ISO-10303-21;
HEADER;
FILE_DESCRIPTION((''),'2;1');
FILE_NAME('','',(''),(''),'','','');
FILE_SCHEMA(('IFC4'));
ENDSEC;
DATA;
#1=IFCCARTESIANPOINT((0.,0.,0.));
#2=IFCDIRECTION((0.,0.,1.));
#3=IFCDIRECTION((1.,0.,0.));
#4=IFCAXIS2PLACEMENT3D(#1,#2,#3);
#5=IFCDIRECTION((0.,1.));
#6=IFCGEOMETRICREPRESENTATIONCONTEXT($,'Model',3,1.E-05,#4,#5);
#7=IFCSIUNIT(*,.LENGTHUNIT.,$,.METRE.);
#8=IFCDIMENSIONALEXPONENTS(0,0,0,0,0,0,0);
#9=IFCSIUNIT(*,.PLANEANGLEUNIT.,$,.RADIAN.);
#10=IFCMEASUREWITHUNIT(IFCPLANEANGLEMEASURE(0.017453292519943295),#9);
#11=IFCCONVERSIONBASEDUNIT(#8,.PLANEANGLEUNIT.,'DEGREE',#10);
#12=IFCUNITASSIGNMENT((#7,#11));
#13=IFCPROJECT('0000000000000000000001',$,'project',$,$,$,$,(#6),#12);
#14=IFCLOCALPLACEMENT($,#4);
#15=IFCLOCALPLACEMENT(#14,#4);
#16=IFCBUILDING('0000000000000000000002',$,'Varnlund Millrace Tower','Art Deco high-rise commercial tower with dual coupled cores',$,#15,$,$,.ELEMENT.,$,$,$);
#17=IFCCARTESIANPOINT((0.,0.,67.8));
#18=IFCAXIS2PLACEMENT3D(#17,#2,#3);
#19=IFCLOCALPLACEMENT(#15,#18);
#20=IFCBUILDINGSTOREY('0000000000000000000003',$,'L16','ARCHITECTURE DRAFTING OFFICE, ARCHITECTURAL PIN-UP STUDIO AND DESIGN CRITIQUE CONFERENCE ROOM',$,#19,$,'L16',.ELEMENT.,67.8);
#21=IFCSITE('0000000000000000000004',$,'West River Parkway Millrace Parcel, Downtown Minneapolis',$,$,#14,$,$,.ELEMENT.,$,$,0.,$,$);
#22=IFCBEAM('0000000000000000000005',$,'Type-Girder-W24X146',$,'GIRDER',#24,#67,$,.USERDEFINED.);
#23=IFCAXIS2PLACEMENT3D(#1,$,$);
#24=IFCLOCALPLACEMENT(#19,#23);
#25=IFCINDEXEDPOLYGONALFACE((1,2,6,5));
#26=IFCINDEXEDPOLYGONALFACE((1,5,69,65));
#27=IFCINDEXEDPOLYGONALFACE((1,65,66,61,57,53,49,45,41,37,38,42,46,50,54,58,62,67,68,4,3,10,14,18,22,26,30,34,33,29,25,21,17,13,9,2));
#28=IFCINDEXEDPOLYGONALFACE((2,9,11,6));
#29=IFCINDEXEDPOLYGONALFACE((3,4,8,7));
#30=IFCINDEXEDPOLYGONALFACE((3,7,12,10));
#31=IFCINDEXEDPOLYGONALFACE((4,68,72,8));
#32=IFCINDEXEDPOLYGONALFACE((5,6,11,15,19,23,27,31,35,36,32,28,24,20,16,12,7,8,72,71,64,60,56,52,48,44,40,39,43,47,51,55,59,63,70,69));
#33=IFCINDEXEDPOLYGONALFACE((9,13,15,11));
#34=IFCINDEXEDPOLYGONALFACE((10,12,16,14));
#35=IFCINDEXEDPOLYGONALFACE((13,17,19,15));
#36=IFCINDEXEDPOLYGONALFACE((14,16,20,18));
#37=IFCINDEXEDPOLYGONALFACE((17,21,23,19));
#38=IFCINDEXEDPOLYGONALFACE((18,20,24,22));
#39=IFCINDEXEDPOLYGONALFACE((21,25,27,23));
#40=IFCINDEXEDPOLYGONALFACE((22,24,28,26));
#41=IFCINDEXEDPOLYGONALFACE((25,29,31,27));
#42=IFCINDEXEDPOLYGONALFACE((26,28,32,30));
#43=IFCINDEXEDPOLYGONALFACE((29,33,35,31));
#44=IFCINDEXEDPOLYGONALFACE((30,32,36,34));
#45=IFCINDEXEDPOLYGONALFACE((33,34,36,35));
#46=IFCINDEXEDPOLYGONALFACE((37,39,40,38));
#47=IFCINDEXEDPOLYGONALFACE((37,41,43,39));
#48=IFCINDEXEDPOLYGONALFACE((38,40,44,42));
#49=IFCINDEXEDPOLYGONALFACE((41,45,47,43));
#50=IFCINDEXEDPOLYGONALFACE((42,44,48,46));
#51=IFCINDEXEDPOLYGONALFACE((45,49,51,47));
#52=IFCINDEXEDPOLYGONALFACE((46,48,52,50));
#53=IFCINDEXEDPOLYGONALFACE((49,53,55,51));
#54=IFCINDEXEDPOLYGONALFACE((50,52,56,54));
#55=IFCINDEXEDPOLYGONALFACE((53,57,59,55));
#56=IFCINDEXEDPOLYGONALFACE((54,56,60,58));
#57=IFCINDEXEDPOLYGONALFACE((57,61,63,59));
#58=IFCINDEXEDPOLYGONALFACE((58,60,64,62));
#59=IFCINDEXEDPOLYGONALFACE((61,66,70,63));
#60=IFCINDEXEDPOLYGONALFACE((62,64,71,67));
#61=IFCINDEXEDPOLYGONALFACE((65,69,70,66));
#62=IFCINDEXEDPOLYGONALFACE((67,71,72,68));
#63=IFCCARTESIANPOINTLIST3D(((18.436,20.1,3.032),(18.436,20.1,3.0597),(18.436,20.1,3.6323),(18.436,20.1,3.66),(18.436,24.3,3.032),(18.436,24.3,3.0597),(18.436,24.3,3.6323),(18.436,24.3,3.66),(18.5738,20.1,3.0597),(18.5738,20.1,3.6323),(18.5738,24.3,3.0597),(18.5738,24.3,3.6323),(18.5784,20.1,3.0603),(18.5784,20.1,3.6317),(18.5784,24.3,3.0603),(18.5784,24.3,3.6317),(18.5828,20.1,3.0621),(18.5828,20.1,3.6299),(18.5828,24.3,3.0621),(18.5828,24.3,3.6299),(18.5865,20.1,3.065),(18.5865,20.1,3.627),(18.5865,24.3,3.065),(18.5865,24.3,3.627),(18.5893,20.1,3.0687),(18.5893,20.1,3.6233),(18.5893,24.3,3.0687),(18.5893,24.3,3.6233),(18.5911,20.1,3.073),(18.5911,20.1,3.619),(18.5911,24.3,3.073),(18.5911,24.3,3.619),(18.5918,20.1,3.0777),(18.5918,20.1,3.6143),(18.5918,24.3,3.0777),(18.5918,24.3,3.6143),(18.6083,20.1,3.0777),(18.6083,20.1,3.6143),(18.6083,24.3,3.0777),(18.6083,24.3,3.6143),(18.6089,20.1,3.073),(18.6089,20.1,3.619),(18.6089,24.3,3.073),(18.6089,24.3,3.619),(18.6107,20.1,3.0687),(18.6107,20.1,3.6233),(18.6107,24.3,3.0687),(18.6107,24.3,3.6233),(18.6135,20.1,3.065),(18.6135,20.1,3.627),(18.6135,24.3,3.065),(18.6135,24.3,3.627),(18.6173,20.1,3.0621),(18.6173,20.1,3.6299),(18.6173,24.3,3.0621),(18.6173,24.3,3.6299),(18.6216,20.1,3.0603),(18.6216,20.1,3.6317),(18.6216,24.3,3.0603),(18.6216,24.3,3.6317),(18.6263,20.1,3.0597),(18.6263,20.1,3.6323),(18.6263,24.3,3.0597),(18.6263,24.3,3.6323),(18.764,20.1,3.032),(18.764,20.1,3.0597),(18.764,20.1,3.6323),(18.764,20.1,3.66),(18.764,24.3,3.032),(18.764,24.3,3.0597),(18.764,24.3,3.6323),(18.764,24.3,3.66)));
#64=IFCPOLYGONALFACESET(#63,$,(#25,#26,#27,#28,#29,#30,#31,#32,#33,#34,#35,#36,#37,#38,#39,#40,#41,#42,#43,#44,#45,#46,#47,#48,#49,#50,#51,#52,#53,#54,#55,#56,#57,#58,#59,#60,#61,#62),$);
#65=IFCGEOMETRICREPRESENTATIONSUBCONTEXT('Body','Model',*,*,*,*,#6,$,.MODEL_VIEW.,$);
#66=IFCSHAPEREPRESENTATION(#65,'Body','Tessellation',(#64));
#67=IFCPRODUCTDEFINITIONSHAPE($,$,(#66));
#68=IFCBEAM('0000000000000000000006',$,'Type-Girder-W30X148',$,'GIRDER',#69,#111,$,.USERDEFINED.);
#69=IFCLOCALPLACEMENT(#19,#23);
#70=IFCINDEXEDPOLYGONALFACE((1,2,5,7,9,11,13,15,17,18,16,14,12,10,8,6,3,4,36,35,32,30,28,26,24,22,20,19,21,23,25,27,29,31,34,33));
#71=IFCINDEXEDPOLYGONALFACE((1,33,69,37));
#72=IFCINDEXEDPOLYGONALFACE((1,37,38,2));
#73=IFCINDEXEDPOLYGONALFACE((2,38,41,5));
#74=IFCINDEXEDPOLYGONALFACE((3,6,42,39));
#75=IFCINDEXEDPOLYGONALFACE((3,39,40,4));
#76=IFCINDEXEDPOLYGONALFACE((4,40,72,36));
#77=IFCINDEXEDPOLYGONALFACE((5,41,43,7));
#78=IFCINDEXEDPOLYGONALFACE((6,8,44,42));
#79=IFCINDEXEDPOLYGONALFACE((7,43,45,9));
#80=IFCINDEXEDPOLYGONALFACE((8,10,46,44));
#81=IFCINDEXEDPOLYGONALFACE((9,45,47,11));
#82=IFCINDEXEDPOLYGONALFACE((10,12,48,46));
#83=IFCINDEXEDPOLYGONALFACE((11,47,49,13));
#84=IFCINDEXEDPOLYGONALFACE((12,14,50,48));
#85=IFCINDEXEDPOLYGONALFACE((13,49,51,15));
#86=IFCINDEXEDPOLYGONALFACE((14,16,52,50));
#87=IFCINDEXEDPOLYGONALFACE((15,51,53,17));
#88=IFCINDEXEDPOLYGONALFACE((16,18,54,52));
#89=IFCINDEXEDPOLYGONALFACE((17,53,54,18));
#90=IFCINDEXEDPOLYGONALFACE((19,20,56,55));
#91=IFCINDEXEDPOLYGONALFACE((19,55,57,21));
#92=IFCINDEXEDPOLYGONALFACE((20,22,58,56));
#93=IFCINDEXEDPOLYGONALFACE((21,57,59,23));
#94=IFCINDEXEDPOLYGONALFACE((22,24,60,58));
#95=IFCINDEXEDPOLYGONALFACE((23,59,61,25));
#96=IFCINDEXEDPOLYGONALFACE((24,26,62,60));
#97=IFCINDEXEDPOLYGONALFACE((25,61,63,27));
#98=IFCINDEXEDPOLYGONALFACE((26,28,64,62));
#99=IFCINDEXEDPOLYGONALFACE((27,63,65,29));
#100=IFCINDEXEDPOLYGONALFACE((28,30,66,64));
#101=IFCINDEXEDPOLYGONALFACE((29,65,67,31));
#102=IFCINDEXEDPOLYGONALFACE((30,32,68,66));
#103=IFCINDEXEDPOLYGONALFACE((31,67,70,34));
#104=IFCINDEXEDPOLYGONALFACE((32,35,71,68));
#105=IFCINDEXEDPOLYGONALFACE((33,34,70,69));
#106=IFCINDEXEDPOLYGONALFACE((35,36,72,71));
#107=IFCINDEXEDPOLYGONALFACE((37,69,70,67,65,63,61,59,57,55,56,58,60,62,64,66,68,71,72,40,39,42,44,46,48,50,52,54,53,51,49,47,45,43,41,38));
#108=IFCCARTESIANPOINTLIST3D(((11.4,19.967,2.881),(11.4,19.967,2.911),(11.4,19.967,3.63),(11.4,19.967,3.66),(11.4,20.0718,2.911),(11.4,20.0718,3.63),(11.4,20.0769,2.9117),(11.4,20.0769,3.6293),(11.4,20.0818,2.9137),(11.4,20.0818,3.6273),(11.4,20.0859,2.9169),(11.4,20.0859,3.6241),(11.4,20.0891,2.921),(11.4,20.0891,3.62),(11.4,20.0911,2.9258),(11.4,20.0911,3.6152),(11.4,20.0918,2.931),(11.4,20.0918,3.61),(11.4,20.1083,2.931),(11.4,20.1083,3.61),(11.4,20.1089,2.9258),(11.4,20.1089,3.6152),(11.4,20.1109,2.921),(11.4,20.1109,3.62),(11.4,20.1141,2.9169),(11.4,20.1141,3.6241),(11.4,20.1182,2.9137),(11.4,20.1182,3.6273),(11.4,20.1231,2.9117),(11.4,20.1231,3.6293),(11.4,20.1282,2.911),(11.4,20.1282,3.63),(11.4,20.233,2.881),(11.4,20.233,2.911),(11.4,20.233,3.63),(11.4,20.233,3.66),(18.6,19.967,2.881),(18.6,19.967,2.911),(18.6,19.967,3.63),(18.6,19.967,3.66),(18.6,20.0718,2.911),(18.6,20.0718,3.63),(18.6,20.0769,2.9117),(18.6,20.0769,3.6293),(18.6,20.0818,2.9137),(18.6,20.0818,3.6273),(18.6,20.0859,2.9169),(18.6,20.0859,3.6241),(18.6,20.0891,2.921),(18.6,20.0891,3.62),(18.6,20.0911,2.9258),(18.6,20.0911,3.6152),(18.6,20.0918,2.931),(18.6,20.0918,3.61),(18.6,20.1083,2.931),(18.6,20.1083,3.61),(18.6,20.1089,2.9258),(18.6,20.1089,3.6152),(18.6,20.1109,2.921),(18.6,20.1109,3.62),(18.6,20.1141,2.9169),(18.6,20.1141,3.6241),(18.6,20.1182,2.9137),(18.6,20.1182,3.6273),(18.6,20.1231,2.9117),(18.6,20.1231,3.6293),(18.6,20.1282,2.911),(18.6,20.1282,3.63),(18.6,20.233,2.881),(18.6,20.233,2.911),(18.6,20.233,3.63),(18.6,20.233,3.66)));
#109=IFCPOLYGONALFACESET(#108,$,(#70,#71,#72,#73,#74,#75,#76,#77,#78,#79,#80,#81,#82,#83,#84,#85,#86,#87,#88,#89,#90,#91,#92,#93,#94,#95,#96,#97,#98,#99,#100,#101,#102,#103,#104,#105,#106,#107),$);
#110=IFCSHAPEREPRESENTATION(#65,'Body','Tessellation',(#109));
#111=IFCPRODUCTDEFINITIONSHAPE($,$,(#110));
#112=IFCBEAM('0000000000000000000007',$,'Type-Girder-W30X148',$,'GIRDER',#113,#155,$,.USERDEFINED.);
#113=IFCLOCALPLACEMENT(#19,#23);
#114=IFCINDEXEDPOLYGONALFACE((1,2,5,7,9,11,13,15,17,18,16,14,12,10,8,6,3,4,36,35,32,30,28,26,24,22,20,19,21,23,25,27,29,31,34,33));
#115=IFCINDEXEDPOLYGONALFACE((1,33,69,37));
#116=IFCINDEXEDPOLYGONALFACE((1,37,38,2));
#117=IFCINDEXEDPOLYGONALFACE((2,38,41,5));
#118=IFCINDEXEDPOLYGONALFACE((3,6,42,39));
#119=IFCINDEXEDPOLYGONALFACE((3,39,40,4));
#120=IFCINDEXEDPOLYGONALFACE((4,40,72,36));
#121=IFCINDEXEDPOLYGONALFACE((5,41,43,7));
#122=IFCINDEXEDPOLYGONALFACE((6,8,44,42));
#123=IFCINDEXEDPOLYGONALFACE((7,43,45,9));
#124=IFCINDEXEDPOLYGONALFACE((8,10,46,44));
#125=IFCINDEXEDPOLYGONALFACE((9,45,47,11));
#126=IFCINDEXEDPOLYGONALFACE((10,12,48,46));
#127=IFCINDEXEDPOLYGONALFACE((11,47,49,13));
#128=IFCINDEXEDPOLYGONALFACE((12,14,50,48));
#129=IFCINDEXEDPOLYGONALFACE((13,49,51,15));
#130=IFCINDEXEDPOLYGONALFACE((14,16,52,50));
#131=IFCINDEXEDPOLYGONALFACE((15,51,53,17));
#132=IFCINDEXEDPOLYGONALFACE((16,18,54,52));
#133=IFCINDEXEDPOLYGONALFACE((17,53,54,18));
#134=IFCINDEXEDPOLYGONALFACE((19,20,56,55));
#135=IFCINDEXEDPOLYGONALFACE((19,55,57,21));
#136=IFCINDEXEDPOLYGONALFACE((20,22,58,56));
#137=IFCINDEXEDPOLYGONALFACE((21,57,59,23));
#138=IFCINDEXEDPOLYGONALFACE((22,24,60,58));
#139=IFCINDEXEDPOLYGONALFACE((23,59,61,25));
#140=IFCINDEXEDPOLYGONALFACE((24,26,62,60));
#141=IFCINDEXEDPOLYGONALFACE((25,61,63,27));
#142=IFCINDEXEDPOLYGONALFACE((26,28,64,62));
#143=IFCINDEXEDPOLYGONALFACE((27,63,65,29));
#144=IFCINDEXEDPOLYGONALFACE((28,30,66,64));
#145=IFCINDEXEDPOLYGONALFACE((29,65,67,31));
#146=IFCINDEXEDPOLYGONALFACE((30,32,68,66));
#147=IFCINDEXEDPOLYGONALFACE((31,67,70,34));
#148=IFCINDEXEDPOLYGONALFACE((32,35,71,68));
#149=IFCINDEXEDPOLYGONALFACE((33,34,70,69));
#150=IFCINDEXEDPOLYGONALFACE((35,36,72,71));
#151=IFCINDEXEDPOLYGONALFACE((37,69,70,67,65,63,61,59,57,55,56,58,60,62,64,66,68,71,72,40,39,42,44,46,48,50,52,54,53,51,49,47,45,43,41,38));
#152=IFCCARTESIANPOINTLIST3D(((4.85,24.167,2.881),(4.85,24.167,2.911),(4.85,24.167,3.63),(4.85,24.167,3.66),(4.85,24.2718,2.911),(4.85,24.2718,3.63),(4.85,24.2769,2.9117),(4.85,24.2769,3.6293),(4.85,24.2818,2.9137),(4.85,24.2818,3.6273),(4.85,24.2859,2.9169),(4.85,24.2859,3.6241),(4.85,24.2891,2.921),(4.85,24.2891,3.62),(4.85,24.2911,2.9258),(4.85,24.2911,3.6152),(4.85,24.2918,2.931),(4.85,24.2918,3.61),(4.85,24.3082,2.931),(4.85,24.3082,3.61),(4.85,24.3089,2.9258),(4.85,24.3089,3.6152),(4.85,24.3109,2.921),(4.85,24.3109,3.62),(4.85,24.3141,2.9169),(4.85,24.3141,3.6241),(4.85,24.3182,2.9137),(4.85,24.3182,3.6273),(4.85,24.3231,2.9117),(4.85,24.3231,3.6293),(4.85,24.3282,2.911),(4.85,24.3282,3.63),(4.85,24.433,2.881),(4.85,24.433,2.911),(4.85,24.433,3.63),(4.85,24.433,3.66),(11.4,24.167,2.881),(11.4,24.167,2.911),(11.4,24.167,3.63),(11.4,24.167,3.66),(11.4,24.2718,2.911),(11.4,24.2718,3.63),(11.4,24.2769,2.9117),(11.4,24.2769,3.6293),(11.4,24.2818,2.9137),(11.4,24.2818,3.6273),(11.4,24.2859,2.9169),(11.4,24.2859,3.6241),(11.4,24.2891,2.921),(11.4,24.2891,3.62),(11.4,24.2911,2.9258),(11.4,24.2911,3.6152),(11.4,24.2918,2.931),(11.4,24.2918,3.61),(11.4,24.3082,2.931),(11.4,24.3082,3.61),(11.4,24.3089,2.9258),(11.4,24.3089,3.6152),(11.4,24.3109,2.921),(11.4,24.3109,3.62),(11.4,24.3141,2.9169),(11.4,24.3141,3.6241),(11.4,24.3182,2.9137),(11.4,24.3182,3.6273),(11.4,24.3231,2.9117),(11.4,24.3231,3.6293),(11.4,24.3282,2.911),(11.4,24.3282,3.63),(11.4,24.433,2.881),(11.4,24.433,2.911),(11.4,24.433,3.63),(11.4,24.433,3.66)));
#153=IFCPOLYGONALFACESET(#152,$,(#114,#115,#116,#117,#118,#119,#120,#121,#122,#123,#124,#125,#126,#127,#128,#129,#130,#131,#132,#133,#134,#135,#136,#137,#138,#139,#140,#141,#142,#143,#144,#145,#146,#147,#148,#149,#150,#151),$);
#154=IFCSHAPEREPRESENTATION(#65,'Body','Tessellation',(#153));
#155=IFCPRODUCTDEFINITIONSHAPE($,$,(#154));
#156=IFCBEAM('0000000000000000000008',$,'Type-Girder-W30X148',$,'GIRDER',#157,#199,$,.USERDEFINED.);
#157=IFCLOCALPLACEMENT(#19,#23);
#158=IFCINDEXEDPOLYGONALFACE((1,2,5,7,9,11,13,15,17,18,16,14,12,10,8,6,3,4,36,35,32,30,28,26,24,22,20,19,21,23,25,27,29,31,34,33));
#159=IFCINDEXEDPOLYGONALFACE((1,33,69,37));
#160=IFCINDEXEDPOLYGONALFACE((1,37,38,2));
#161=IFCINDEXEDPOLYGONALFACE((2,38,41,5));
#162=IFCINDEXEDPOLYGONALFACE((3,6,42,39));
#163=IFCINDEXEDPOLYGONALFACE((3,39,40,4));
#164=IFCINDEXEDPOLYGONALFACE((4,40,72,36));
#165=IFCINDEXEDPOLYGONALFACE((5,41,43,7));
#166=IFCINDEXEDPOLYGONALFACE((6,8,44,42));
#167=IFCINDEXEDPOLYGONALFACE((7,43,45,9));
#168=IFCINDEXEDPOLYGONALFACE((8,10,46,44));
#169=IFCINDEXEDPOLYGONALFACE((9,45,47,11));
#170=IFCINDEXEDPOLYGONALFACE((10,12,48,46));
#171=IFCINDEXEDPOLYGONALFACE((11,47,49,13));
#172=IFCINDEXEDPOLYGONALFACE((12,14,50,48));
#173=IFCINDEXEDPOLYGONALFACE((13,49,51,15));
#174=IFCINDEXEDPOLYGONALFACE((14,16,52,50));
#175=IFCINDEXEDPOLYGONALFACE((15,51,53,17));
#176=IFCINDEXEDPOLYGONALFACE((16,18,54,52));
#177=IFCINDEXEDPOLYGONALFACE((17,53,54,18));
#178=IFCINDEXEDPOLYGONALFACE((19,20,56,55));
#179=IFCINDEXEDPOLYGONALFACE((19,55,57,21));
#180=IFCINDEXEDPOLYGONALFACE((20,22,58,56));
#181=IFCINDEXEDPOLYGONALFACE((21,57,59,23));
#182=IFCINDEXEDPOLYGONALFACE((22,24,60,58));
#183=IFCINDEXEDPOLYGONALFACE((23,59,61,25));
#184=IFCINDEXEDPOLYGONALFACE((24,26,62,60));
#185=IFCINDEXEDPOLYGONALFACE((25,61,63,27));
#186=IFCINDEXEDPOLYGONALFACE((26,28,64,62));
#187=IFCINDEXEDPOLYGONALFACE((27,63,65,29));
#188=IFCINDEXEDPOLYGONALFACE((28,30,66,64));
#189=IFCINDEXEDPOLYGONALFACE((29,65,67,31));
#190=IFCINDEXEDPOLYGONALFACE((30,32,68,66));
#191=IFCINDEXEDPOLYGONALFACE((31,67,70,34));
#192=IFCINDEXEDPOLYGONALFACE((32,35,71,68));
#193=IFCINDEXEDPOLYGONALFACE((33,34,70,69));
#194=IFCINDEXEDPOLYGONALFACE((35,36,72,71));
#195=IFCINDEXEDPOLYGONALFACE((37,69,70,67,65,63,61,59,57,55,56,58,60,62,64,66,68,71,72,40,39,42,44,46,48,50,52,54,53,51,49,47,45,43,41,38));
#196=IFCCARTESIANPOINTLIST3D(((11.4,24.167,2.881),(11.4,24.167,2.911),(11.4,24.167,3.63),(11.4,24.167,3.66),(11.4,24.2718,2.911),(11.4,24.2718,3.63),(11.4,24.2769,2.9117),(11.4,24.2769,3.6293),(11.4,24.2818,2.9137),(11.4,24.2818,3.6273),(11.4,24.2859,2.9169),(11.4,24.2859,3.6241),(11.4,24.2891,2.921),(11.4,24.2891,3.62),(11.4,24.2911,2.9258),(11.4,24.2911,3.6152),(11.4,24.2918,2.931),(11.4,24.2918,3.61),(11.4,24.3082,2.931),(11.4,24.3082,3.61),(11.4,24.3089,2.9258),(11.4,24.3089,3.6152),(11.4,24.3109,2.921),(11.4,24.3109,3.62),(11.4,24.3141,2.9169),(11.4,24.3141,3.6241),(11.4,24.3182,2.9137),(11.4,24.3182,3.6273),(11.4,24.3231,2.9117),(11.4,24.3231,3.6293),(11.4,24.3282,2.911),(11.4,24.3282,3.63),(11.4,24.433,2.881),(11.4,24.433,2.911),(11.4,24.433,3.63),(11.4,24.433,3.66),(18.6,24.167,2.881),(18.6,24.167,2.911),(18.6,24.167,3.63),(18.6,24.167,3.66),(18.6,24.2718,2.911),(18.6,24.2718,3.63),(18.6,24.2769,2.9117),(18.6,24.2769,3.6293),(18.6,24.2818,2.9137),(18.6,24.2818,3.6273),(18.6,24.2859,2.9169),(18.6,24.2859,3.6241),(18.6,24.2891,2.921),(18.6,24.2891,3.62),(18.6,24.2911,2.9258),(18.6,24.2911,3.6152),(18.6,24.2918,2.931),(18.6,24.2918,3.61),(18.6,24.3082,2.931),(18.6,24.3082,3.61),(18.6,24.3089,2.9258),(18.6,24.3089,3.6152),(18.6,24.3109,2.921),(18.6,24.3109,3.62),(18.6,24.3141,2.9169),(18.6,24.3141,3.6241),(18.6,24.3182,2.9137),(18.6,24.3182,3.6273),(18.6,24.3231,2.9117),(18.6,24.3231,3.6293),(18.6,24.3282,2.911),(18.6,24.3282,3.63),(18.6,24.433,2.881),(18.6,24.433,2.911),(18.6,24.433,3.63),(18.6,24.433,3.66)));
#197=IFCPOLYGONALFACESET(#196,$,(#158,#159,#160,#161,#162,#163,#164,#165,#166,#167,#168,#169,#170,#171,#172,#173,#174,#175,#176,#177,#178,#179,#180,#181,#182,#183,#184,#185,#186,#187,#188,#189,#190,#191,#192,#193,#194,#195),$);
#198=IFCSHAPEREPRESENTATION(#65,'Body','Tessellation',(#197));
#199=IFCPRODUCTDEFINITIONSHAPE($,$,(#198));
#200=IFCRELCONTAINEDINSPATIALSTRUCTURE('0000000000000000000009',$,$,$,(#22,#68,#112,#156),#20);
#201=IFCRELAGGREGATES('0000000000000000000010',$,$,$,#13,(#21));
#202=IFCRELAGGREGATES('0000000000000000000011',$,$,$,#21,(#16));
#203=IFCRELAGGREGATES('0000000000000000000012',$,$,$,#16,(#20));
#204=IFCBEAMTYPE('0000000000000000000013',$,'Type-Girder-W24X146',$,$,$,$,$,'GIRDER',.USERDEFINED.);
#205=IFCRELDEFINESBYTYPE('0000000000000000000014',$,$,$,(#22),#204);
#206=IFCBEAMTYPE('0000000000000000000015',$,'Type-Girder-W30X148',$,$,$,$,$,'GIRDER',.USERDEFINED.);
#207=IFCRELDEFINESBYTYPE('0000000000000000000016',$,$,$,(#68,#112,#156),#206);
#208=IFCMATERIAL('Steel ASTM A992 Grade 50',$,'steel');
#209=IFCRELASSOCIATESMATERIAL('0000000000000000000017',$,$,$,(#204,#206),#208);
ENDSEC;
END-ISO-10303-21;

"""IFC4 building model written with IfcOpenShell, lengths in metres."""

from ifc_helpers import new_model, entity, si_unit, converted_unit, direction, frame, origin_with_axes, origin_2d_with_axis, place, context, subcontext, project, spatial, i_section, extrude, material, material_profile, profile_set, type_object, element, save


model = new_model("IFC4")

# Units and contexts
model_context = context("Model", 3, precision=1e-05, world=origin_with_axes(), true_north=direction((0.0, 1.0)))
body_context = subcontext(model_context, "Body", "Model", "MODEL_VIEW")
ifc_project = project(units=[si_unit("LENGTHUNIT", "METRE"), converted_unit("PLANEANGLEUNIT", "DEGREE", entity("IfcPlaneAngleMeasure", 0.017453292519943295), si_unit("PLANEANGLEUNIT", "RADIAN"), dimensions=[0, 0, 0, 0, 0, 0, 0])], contexts=[model_context])

# Site, building, storey
site_placement = place(None, origin_with_axes())
site = spatial("IfcSite", under=ifc_project, at=site_placement, Name="West River Parkway Millrace Parcel, Downtown Minneapolis", CompositionType="ELEMENT", RefElevation=0.0)
building_placement = place(site_placement, origin_with_axes())
building = spatial("IfcBuilding", under=site, at=building_placement, Name="Varnlund Millrace Tower", Description="Art Deco high-rise commercial tower with dual coupled cores", CompositionType="ELEMENT")
storey_placement = place(building_placement, frame((0.0, 0.0, 67.8), z_axis=(0.0, 0.0, 1.0), x_axis=(1.0, 0.0, 0.0)))
storey = spatial("IfcBuildingStorey", under=building, at=storey_placement, Name="L16", Description="ARCHITECTURE DRAFTING OFFICE, ARCHITECTURAL PIN-UP STUDIO AND DESIGN CRITIQUE CONFERENCE ROOM", LongName="L16", CompositionType="ELEMENT", Elevation=67.8)

# Beams
ifc_material_1 = material(Name="Steel ASTM A992 Grade 50", Category="steel")
ifc_material_profile_1 = material_profile(ifc_material_1, i_section(OverallWidth=0.328, OverallDepth=0.628, WebThickness=0.0165, FlangeThickness=0.0277, FilletRadius=0.018, at=origin_2d_with_axis()), Name="Steel ASTM A992 Grade 50")
ifc_profile_set_1 = profile_set([ifc_material_profile_1], Name="Steel ASTM A992 Grade 50")
beam_type_1 = type_object("IfcBeamType", Name="Type-Girder-W24X146", ElementType="GIRDER", PredefinedType="USERDEFINED", material=ifc_profile_set_1)
beam_1_placement = place(storey_placement, frame((18.6, 20.1, 3.346), z_axis=(0.0, 1.0, 0.0), x_axis=(-1.0, 0.0, 0.0)))
element("IfcBeam", 1, at=beam_1_placement, inside=storey, type_object=beam_type_1, Name="Type-Girder-W24X146", ObjectType="GIRDER", PredefinedType="USERDEFINED", context=body_context, shape_type="SweptSolid", body=[
    extrude(i_section(OverallWidth=0.328, OverallDepth=0.628, WebThickness=0.0165, FlangeThickness=0.0277, FilletRadius=0.018, at=origin_2d_with_axis()), origin_with_axes(), (0.0, 0.0, 1.0), 4.2),
])
ifc_material_profile_2 = material_profile(ifc_material_1, i_section(OverallWidth=0.266, OverallDepth=0.779, WebThickness=0.0165, FlangeThickness=0.03, FilletRadius=0.02, at=origin_2d_with_axis()), Name="Steel ASTM A992 Grade 50")
ifc_profile_set_2 = profile_set([ifc_material_profile_2], Name="Steel ASTM A992 Grade 50")
beam_type_2 = type_object("IfcBeamType", Name="Type-Girder-W30X148", ElementType="GIRDER", PredefinedType="USERDEFINED", material=ifc_profile_set_2)
beam_2_placement = place(storey_placement, frame((11.4, 20.1, 3.2705), z_axis=(1.0, 0.0, 0.0), x_axis=(0.0, 1.0, 0.0)))
element("IfcBeam", 2, at=beam_2_placement, inside=storey, type_object=beam_type_2, Name="Type-Girder-W30X148", ObjectType="GIRDER", PredefinedType="USERDEFINED", context=body_context, shape_type="SweptSolid", body=[
    extrude(i_section(OverallWidth=0.266, OverallDepth=0.779, WebThickness=0.0165, FlangeThickness=0.03, FilletRadius=0.02, at=origin_2d_with_axis()), origin_with_axes(), (0.0, 0.0, 1.0), 7.2),
])
beam_3_placement = place(storey_placement, frame((4.85, 24.3, 3.2705), z_axis=(1.0, 0.0, 0.0), x_axis=(0.0, 1.0, 0.0)))
element("IfcBeam", 3, at=beam_3_placement, inside=storey, type_object=beam_type_2, Name="Type-Girder-W30X148", ObjectType="GIRDER", PredefinedType="USERDEFINED", context=body_context, shape_type="SweptSolid", body=[
    extrude(i_section(OverallWidth=0.266, OverallDepth=0.779, WebThickness=0.0165, FlangeThickness=0.03, FilletRadius=0.02, at=origin_2d_with_axis()), origin_with_axes(), (0.0, 0.0, 1.0), 6.55),
])
beam_4_placement = place(storey_placement, frame((11.4, 24.3, 3.2705), z_axis=(1.0, 0.0, 0.0), x_axis=(0.0, 1.0, 0.0)))
element("IfcBeam", 4, at=beam_4_placement, inside=storey, type_object=beam_type_2, Name="Type-Girder-W30X148", ObjectType="GIRDER", PredefinedType="USERDEFINED", context=body_context, shape_type="SweptSolid", body=[
    extrude(i_section(OverallWidth=0.266, OverallDepth=0.779, WebThickness=0.0165, FlangeThickness=0.03, FilletRadius=0.02, at=origin_2d_with_axis()), origin_with_axes(), (0.0, 0.0, 1.0), 7.2),
])

save(model, "model.ifc")
